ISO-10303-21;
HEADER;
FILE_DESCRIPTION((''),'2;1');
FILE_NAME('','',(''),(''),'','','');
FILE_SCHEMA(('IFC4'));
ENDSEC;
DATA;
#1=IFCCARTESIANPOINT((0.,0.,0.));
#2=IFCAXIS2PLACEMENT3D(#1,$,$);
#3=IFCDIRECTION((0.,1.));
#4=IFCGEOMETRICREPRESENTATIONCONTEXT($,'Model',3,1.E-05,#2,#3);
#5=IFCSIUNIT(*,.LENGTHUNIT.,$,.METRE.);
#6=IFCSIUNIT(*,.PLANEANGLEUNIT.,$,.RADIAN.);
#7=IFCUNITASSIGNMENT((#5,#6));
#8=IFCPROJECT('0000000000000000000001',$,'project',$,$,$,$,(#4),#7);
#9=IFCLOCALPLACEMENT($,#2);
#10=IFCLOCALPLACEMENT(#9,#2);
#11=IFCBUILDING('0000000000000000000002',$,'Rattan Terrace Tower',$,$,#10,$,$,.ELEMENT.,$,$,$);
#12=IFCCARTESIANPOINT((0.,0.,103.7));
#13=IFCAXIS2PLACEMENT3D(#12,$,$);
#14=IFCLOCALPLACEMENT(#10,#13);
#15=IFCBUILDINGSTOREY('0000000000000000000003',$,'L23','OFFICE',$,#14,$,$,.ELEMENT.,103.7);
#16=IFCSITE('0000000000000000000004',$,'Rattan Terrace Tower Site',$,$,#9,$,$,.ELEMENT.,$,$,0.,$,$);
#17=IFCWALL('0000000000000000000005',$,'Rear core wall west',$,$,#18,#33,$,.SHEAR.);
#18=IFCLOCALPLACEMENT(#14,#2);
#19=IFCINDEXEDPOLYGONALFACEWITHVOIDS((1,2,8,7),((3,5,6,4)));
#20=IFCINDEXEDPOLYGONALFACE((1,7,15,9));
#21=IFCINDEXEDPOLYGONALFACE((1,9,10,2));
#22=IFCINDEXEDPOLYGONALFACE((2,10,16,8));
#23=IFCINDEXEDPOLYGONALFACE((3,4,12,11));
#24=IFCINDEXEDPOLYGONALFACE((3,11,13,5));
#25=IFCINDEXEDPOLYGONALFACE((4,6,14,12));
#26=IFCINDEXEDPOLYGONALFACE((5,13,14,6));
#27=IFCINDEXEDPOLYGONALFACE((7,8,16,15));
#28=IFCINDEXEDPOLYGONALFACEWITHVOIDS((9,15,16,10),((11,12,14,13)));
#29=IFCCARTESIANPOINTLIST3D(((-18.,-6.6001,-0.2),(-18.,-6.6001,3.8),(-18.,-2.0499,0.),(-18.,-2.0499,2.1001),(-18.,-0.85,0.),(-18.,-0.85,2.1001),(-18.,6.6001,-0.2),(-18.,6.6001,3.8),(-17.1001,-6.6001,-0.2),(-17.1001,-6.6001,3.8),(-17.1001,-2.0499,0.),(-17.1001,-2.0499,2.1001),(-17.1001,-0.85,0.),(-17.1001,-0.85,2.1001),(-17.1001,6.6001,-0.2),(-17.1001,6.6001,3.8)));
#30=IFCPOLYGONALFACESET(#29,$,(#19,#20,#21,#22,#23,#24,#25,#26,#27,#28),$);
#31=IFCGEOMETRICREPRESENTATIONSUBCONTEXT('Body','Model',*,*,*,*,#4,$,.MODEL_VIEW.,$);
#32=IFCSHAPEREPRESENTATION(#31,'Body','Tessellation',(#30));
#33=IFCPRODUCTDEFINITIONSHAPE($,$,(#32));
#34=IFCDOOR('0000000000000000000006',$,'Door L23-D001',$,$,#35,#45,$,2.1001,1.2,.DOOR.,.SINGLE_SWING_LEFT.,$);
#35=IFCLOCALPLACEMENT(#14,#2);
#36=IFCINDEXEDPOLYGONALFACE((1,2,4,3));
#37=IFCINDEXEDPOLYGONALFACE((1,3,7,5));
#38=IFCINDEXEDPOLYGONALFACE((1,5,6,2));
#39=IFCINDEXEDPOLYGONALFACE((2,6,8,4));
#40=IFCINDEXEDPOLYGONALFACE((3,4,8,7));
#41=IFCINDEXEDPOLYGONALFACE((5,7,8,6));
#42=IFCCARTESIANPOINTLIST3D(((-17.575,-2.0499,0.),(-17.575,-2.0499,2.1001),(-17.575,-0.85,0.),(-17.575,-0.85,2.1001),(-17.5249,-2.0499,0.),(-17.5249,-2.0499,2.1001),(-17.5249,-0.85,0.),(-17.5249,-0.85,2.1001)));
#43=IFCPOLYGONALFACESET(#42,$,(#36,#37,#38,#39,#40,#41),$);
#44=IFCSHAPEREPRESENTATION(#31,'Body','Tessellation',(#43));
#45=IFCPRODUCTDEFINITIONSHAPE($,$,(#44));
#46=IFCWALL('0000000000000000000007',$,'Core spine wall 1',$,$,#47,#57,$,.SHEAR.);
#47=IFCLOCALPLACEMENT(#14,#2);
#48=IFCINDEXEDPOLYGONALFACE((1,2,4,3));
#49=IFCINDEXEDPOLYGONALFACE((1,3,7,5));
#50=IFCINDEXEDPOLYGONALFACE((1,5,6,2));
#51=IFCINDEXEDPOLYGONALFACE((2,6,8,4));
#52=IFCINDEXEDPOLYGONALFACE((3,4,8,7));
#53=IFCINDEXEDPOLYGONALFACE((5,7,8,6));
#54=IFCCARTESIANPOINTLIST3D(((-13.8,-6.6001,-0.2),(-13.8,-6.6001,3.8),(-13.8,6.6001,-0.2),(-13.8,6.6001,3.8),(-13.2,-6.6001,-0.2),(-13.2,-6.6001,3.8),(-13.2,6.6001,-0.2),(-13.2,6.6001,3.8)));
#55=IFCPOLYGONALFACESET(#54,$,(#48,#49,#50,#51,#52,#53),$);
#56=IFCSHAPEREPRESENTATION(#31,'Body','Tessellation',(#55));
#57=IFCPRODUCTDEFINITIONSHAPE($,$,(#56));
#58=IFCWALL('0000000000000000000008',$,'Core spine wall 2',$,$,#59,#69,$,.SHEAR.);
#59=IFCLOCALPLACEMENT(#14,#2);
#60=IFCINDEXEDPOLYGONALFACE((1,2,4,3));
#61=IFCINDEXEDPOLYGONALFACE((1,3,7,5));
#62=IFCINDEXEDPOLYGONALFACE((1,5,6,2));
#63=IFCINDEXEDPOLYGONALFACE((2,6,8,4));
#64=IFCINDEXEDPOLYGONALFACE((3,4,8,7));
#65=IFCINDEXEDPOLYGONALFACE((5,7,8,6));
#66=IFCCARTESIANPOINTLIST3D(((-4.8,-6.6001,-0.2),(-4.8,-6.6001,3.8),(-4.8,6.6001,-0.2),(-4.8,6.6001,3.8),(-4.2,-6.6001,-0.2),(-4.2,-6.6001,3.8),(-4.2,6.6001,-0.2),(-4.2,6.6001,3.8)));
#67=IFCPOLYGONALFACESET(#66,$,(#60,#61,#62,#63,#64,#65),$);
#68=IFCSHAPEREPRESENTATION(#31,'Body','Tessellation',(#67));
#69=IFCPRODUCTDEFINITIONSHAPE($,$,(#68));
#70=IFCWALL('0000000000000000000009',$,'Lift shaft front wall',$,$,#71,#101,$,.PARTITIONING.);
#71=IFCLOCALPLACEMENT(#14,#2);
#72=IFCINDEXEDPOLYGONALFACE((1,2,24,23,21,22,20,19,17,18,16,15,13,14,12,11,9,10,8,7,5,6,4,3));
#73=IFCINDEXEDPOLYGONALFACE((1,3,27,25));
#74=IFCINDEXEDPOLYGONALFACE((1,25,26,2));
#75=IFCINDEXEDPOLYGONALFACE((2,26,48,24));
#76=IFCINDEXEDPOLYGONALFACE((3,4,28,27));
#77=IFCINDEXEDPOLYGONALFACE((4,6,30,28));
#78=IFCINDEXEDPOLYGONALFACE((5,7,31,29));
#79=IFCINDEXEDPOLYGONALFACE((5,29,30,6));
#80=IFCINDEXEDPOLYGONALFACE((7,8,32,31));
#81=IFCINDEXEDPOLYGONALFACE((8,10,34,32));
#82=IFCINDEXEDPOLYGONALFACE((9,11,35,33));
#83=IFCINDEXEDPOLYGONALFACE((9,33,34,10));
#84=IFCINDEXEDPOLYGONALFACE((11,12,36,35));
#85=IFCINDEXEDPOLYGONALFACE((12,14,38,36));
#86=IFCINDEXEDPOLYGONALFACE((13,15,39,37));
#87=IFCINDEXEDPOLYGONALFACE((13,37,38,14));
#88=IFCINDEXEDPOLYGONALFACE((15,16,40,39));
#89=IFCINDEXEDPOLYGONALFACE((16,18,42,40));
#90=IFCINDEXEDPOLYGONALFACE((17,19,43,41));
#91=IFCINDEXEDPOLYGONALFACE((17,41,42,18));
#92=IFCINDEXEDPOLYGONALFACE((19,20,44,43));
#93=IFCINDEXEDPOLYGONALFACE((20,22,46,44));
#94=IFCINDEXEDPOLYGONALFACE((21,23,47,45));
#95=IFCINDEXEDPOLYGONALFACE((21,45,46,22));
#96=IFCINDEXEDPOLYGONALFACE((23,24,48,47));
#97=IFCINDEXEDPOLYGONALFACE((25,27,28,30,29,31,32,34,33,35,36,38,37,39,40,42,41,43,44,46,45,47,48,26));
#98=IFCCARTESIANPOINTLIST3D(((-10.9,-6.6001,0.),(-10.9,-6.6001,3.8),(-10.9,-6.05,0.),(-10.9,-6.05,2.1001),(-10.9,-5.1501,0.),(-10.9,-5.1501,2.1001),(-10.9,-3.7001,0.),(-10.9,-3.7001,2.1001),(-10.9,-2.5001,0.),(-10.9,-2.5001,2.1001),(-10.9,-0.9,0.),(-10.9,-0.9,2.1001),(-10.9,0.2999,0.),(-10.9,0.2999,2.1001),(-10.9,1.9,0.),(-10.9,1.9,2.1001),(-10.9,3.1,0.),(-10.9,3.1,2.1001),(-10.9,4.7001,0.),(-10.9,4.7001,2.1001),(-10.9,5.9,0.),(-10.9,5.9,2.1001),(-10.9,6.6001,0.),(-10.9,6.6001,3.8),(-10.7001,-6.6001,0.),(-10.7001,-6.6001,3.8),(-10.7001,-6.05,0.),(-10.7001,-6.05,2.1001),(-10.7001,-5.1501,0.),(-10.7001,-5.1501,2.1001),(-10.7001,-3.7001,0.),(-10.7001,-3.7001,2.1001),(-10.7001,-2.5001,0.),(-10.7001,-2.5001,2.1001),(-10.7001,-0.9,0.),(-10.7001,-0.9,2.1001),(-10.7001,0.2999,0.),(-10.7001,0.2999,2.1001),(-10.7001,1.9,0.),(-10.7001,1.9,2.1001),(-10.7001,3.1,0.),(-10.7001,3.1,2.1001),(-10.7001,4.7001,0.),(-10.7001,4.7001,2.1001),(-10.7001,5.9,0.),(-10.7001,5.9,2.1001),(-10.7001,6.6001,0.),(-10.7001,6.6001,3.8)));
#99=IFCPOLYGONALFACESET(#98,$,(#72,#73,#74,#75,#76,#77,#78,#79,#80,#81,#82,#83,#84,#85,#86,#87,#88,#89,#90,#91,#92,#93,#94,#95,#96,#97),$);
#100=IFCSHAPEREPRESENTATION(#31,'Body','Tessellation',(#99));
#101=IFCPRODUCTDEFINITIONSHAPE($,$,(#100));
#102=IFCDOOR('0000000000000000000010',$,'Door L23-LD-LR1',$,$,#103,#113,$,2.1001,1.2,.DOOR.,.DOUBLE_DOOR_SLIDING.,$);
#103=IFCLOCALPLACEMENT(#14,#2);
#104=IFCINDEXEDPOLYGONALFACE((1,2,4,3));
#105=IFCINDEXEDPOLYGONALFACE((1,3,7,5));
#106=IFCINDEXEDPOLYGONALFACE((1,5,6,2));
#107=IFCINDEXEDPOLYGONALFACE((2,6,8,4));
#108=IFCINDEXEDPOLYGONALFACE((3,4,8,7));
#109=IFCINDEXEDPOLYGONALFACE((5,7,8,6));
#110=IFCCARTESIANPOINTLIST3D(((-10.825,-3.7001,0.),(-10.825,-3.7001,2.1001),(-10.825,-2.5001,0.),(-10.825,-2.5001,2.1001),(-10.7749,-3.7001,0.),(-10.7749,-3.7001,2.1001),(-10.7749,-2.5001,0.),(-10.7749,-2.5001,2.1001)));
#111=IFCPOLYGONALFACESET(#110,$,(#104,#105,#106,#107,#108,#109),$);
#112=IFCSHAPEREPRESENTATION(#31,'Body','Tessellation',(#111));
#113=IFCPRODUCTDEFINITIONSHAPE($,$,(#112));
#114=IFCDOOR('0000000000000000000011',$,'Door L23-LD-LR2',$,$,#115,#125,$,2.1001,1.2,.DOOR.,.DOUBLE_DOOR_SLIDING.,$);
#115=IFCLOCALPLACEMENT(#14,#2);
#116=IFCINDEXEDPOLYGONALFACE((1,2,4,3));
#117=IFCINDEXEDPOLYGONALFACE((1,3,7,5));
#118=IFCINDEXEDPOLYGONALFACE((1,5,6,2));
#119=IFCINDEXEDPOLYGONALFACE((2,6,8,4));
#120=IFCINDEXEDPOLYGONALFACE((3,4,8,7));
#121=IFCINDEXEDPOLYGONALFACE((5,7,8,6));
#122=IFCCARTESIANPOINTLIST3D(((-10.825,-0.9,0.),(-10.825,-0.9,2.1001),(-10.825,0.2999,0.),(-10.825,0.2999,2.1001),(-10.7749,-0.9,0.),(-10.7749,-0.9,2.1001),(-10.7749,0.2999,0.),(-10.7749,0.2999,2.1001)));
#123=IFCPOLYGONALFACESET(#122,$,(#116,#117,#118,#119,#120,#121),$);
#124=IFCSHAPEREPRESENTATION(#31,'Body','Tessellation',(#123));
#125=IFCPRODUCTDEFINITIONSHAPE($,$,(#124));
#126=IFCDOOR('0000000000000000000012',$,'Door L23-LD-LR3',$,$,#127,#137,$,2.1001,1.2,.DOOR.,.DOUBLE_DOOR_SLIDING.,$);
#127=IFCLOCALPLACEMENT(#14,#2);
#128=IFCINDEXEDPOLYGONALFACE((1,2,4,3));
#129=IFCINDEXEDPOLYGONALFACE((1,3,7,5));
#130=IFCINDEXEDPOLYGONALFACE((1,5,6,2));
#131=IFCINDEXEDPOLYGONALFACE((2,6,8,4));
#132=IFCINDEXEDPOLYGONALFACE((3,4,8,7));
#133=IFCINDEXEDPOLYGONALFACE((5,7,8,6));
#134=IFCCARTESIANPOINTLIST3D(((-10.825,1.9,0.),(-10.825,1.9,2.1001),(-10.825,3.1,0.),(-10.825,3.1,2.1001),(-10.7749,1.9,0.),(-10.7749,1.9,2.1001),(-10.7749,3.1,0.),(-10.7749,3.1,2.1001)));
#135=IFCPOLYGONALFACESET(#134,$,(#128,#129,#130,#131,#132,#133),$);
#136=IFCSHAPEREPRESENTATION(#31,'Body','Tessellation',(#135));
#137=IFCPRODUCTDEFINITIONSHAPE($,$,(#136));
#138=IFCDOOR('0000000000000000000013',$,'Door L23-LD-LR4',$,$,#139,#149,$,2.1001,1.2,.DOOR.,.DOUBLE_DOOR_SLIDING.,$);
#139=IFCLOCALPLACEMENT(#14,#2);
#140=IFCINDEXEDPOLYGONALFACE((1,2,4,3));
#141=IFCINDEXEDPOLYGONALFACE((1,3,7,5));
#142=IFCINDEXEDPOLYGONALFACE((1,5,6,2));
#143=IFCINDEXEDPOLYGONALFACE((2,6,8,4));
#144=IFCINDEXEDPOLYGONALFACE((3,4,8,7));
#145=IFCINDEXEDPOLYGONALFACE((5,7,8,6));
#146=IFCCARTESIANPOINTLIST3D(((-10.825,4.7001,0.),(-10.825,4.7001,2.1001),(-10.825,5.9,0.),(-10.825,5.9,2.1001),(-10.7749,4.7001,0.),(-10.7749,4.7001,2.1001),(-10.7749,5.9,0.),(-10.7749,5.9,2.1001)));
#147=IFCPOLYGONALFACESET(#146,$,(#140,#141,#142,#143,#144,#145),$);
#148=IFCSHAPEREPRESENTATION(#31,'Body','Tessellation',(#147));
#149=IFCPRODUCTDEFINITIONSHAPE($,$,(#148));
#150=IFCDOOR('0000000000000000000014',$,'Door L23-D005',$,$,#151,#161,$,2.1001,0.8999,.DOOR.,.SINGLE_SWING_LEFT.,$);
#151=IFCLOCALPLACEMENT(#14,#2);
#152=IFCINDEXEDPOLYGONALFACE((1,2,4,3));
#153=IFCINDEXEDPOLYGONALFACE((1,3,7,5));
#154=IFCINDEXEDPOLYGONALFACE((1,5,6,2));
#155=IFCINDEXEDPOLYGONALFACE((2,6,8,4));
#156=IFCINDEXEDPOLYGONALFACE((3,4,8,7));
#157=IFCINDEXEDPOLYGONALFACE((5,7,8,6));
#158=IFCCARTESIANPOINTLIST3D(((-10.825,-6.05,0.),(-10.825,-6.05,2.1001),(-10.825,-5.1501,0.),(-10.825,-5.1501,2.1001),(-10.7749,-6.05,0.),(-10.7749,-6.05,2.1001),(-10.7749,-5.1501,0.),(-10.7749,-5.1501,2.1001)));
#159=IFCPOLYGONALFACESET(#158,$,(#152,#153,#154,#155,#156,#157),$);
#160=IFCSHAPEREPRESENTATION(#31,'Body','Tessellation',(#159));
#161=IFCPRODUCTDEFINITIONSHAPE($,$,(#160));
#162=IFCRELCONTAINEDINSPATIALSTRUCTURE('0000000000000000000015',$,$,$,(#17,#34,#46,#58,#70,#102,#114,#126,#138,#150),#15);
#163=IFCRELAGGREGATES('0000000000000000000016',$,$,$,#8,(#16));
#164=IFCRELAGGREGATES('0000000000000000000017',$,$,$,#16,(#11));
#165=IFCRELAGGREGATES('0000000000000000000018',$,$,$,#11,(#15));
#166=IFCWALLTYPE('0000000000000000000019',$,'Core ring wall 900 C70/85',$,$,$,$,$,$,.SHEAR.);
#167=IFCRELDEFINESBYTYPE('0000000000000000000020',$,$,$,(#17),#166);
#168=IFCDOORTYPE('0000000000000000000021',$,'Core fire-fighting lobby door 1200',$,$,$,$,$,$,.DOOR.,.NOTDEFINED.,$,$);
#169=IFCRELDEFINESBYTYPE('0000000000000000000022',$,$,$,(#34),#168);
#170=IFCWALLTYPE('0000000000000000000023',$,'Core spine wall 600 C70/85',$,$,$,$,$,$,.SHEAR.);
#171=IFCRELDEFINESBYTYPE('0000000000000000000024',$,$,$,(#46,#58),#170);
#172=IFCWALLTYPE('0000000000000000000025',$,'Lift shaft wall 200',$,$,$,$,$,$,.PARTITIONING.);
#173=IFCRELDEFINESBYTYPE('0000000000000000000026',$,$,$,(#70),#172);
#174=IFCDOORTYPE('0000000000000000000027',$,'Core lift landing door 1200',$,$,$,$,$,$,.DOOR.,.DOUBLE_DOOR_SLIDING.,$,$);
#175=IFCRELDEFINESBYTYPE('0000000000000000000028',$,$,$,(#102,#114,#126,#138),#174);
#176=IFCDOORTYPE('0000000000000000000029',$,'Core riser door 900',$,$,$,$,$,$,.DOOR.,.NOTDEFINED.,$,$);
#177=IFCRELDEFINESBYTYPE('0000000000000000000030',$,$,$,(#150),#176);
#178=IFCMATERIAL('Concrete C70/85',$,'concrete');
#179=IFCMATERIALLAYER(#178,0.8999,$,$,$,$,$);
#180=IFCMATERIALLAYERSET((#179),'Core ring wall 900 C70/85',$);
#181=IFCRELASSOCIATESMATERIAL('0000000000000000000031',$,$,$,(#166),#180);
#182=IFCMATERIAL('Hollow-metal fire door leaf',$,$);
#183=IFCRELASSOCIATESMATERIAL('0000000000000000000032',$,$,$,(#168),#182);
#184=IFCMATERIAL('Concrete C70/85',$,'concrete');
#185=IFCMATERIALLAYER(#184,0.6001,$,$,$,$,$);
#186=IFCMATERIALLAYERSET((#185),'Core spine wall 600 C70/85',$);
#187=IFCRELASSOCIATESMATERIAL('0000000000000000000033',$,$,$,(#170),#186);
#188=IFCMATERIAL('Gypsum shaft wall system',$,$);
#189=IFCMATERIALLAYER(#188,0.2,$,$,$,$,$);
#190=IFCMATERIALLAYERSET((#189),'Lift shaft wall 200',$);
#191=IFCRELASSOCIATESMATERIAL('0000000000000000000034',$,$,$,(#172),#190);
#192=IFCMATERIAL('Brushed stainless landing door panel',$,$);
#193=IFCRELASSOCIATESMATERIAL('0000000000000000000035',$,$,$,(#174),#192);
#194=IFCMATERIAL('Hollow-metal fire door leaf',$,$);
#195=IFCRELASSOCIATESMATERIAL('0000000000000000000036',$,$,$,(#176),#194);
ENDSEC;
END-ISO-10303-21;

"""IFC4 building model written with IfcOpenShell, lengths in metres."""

from ifc_helpers import new_model, si_unit, direction, frame, frame_2d, origin, place, context, subcontext, project, spatial, rectangle, extrude, material, layer, layer_set, type_object, element, fill, save


model = new_model("IFC4")

# Units and contexts
model_context = context("Model", 3, precision=1e-05, world=origin(), true_north=direction((0.0, 1.0)))
body_context = subcontext(model_context, "Body", "Model", "MODEL_VIEW")
ifc_project = project(units=[si_unit("LENGTHUNIT", "METRE"), si_unit("PLANEANGLEUNIT", "RADIAN")], contexts=[model_context])

# Site, building, storey
site_placement = place(None, origin())
site = spatial("IfcSite", under=ifc_project, at=site_placement, Name="Rattan Terrace Tower Site", CompositionType="ELEMENT", RefElevation=0.0)
building_placement = place(site_placement, origin())
building = spatial("IfcBuilding", under=site, at=building_placement, Name="Rattan Terrace Tower", CompositionType="ELEMENT")
storey_placement = place(building_placement, frame((0.0, 0.0, 103.7)))
storey = spatial("IfcBuildingStorey", under=building, at=storey_placement, Name="L23", Description="OFFICE", CompositionType="ELEMENT", Elevation=103.7)

# Wall, opening, door
ifc_material_1 = material(Name="Concrete C70/85", Category="concrete")
ifc_layer_1 = layer(ifc_material_1, 0.8999)
ifc_layer_set_1 = layer_set([ifc_layer_1], Name="Core ring wall 900 C70/85")
wall_type_1 = type_object("IfcWallType", Name="Core ring wall 900 C70/85", PredefinedType="SHEAR", material=ifc_layer_set_1)
wall_1_placement = place(storey_placement, frame((-17.55, -6.6001, -0.2), z_axis=(0.0, 0.0, 1.0), x_axis=(0.0, 1.0, 0.0)))
wall_1 = element("IfcWall", 1, at=wall_1_placement, inside=storey, type_object=wall_type_1, Name="Rear core wall west", PredefinedType="SHEAR", context=body_context, shape_type="SweptSolid", body=[
    extrude(rectangle(XDim=13.2002, YDim=0.8999, at=frame_2d((6.6001, 0.0))), origin(), (0.0, 0.0, 1.0), 4.0),
])
opening_1_placement = place(wall_1_placement, frame((4.55, 0.0, 0.2)))
opening_1 = element("IfcOpeningElement", 2, at=opening_1_placement, cuts=wall_1, PredefinedType="OPENING", context=body_context, shape_type="SweptSolid", body=[
    extrude(rectangle(XDim=1.2, YDim=2.1001, at=frame_2d((0.6001, 1.05))), frame((0.0, 0.4604, 0.0), z_axis=(0.0, -1.0, 0.0), x_axis=(1.0, 0.0, 0.0)), (0.0, 0.0, 1.0), 0.9209),
])
ifc_material_2 = material(Name="Hollow-metal fire door leaf")
door_type_1 = type_object("IfcDoorType", Name="Core fire-fighting lobby door 1200", OperationType="NOTDEFINED", PredefinedType="DOOR", material=ifc_material_2)
door_1_placement = place(opening_1_placement, origin())
door_1 = element("IfcDoor", 3, at=door_1_placement, inside=storey, type_object=door_type_1, Name="Door L23-D001", OperationType="SINGLE_SWING_LEFT", OverallHeight=2.1001, OverallWidth=1.2, PredefinedType="DOOR", context=body_context, shape_type="SweptSolid", body=[
    extrude(rectangle(XDim=1.2, YDim=2.1001, at=frame_2d((0.6001, 1.05))), frame((0.0, 0.0249, 0.0), z_axis=(0.0, -1.0, 0.0), x_axis=(1.0, 0.0, 0.0)), (0.0, 0.0, 1.0), 0.05),
])
fill(opening_1, door_1)

# Walls
ifc_material_3 = material(Name="Concrete C70/85", Category="concrete")
ifc_layer_2 = layer(ifc_material_3, 0.6001)
ifc_layer_set_2 = layer_set([ifc_layer_2], Name="Core spine wall 600 C70/85")
wall_type_2 = type_object("IfcWallType", Name="Core spine wall 600 C70/85", PredefinedType="SHEAR", material=ifc_layer_set_2)
for number, where, z_axis, x_axis, name in (
    (4, (-13.5, -6.6001, -0.2), (0.0, 0.0, 1.0), (0.0, 1.0, 0.0), "Core spine wall 1"),
    (5, (-4.5, -6.6001, -0.2), (0.0, 0.0, 1.0), (0.0, 1.0, 0.0), "Core spine wall 2"),
):
    element("IfcWall", number, at=place(storey_placement, frame(where, z_axis=z_axis, x_axis=x_axis)), inside=storey, type_object=wall_type_2, Name=name, PredefinedType="SHEAR", context=body_context, shape_type="SweptSolid", body=[
        extrude(rectangle(XDim=13.2002, YDim=0.6001, at=frame_2d((6.6001, 0.0))), origin(), (0.0, 0.0, 1.0), 4.0),
    ])

# Wall, openings, doors
ifc_material_4 = material(Name="Gypsum shaft wall system")
ifc_layer_3 = layer(ifc_material_4, 0.2)
ifc_layer_set_3 = layer_set([ifc_layer_3], Name="Lift shaft wall 200")
wall_type_3 = type_object("IfcWallType", Name="Lift shaft wall 200", PredefinedType="PARTITIONING", material=ifc_layer_set_3)
wall_2_placement = place(storey_placement, frame((-10.8, -6.6001, 0.0), z_axis=(0.0, 0.0, 1.0), x_axis=(0.0, 1.0, 0.0)))
wall_2 = element("IfcWall", 6, at=wall_2_placement, inside=storey, type_object=wall_type_3, Name="Lift shaft front wall", PredefinedType="PARTITIONING", context=body_context, shape_type="SweptSolid", body=[
    extrude(rectangle(XDim=13.2002, YDim=0.2, at=frame_2d((6.6001, 0.0))), origin(), (0.0, 0.0, 1.0), 3.8),
])
opening_2_placement = place(wall_2_placement, frame((0.55, 0.0, 0.0)))
opening_2 = element("IfcOpeningElement", 7, at=opening_2_placement, cuts=wall_2, PredefinedType="OPENING", context=body_context, shape_type="SweptSolid", body=[
    extrude(rectangle(XDim=0.8999, YDim=2.1001, at=frame_2d((0.45, 1.05))), frame((0.0, 0.1106, 0.0), z_axis=(0.0, -1.0, 0.0), x_axis=(1.0, 0.0, 0.0)), (0.0, 0.0, 1.0), 0.2209),
])
opening_3_placement = place(wall_2_placement, frame((2.8999, 0.0, 0.0)))
opening_3 = element("IfcOpeningElement", 8, at=opening_3_placement, cuts=wall_2, PredefinedType="OPENING", context=body_context, shape_type="SweptSolid", body=[
    extrude(rectangle(XDim=1.2, YDim=2.1001, at=frame_2d((0.6001, 1.05))), frame((0.0, 0.1106, 0.0), z_axis=(0.0, -1.0, 0.0), x_axis=(1.0, 0.0, 0.0)), (0.0, 0.0, 1.0), 0.2209),
])
opening_4_placement = place(wall_2_placement, frame((5.7, 0.0, 0.0)))
opening_4 = element("IfcOpeningElement", 9, at=opening_4_placement, cuts=wall_2, PredefinedType="OPENING", context=body_context, shape_type="SweptSolid", body=[
    extrude(rectangle(XDim=1.2, YDim=2.1001, at=frame_2d((0.6001, 1.05))), frame((0.0, 0.1106, 0.0), z_axis=(0.0, -1.0, 0.0), x_axis=(1.0, 0.0, 0.0)), (0.0, 0.0, 1.0), 0.2209),
])
opening_5_placement = place(wall_2_placement, frame((8.5, 0.0, 0.0)))
opening_5 = element("IfcOpeningElement", 10, at=opening_5_placement, cuts=wall_2, PredefinedType="OPENING", context=body_context, shape_type="SweptSolid", body=[
    extrude(rectangle(XDim=1.2, YDim=2.1001, at=frame_2d((0.6001, 1.05))), frame((0.0, 0.1106, 0.0), z_axis=(0.0, -1.0, 0.0), x_axis=(1.0, 0.0, 0.0)), (0.0, 0.0, 1.0), 0.2209),
])
opening_6_placement = place(wall_2_placement, frame((11.3, 0.0, 0.0)))
opening_6 = element("IfcOpeningElement", 11, at=opening_6_placement, cuts=wall_2, PredefinedType="OPENING", context=body_context, shape_type="SweptSolid", body=[
    extrude(rectangle(XDim=1.2, YDim=2.1001, at=frame_2d((0.6001, 1.05))), frame((0.0, 0.1106, 0.0), z_axis=(0.0, -1.0, 0.0), x_axis=(1.0, 0.0, 0.0)), (0.0, 0.0, 1.0), 0.2209),
])
ifc_material_5 = material(Name="Brushed stainless landing door panel")
door_type_2 = type_object("IfcDoorType", Name="Core lift landing door 1200", OperationType="DOUBLE_DOOR_SLIDING", PredefinedType="DOOR", material=ifc_material_5)
door_2_placement = place(opening_3_placement, origin())
door_2 = element("IfcDoor", 12, at=door_2_placement, inside=storey, type_object=door_type_2, Name="Door L23-LD-LR1", OperationType="DOUBLE_DOOR_SLIDING", OverallHeight=2.1001, OverallWidth=1.2, PredefinedType="DOOR", context=body_context, shape_type="SweptSolid", body=[
    extrude(rectangle(XDim=1.2, YDim=2.1001, at=frame_2d((0.6001, 1.05))), frame((0.0, 0.0249, 0.0), z_axis=(0.0, -1.0, 0.0), x_axis=(1.0, 0.0, 0.0)), (0.0, 0.0, 1.0), 0.05),
])
fill(opening_3, door_2)
door_3_placement = place(opening_4_placement, origin())
door_3 = element("IfcDoor", 13, at=door_3_placement, inside=storey, type_object=door_type_2, Name="Door L23-LD-LR2", OperationType="DOUBLE_DOOR_SLIDING", OverallHeight=2.1001, OverallWidth=1.2, PredefinedType="DOOR", context=body_context, shape_type="SweptSolid", body=[
    extrude(rectangle(XDim=1.2, YDim=2.1001, at=frame_2d((0.6001, 1.05))), frame((0.0, 0.0249, 0.0), z_axis=(0.0, -1.0, 0.0), x_axis=(1.0, 0.0, 0.0)), (0.0, 0.0, 1.0), 0.05),
])
fill(opening_4, door_3)
door_4_placement = place(opening_5_placement, origin())
door_4 = element("IfcDoor", 14, at=door_4_placement, inside=storey, type_object=door_type_2, Name="Door L23-LD-LR3", OperationType="DOUBLE_DOOR_SLIDING", OverallHeight=2.1001, OverallWidth=1.2, PredefinedType="DOOR", context=body_context, shape_type="SweptSolid", body=[
    extrude(rectangle(XDim=1.2, YDim=2.1001, at=frame_2d((0.6001, 1.05))), frame((0.0, 0.0249, 0.0), z_axis=(0.0, -1.0, 0.0), x_axis=(1.0, 0.0, 0.0)), (0.0, 0.0, 1.0), 0.05),
])
fill(opening_5, door_4)
door_5_placement = place(opening_6_placement, origin())
door_5 = element("IfcDoor", 15, at=door_5_placement, inside=storey, type_object=door_type_2, Name="Door L23-LD-LR4", OperationType="DOUBLE_DOOR_SLIDING", OverallHeight=2.1001, OverallWidth=1.2, PredefinedType="DOOR", context=body_context, shape_type="SweptSolid", body=[
    extrude(rectangle(XDim=1.2, YDim=2.1001, at=frame_2d((0.6001, 1.05))), frame((0.0, 0.0249, 0.0), z_axis=(0.0, -1.0, 0.0), x_axis=(1.0, 0.0, 0.0)), (0.0, 0.0, 1.0), 0.05),
])
fill(opening_6, door_5)
ifc_material_6 = material(Name="Hollow-metal fire door leaf")
door_type_3 = type_object("IfcDoorType", Name="Core riser door 900", OperationType="NOTDEFINED", PredefinedType="DOOR", material=ifc_material_6)
door_6_placement = place(opening_2_placement, origin())
door_6 = element("IfcDoor", 16, at=door_6_placement, inside=storey, type_object=door_type_3, Name="Door L23-D005", OperationType="SINGLE_SWING_LEFT", OverallHeight=2.1001, OverallWidth=0.8999, PredefinedType="DOOR", context=body_context, shape_type="SweptSolid", body=[
    extrude(rectangle(XDim=0.8999, YDim=2.1001, at=frame_2d((0.45, 1.05))), frame((0.0, 0.0249, 0.0), z_axis=(0.0, -1.0, 0.0), x_axis=(1.0, 0.0, 0.0)), (0.0, 0.0, 1.0), 0.05),
])
fill(opening_2, door_6)

save(model, "model.ifc")
